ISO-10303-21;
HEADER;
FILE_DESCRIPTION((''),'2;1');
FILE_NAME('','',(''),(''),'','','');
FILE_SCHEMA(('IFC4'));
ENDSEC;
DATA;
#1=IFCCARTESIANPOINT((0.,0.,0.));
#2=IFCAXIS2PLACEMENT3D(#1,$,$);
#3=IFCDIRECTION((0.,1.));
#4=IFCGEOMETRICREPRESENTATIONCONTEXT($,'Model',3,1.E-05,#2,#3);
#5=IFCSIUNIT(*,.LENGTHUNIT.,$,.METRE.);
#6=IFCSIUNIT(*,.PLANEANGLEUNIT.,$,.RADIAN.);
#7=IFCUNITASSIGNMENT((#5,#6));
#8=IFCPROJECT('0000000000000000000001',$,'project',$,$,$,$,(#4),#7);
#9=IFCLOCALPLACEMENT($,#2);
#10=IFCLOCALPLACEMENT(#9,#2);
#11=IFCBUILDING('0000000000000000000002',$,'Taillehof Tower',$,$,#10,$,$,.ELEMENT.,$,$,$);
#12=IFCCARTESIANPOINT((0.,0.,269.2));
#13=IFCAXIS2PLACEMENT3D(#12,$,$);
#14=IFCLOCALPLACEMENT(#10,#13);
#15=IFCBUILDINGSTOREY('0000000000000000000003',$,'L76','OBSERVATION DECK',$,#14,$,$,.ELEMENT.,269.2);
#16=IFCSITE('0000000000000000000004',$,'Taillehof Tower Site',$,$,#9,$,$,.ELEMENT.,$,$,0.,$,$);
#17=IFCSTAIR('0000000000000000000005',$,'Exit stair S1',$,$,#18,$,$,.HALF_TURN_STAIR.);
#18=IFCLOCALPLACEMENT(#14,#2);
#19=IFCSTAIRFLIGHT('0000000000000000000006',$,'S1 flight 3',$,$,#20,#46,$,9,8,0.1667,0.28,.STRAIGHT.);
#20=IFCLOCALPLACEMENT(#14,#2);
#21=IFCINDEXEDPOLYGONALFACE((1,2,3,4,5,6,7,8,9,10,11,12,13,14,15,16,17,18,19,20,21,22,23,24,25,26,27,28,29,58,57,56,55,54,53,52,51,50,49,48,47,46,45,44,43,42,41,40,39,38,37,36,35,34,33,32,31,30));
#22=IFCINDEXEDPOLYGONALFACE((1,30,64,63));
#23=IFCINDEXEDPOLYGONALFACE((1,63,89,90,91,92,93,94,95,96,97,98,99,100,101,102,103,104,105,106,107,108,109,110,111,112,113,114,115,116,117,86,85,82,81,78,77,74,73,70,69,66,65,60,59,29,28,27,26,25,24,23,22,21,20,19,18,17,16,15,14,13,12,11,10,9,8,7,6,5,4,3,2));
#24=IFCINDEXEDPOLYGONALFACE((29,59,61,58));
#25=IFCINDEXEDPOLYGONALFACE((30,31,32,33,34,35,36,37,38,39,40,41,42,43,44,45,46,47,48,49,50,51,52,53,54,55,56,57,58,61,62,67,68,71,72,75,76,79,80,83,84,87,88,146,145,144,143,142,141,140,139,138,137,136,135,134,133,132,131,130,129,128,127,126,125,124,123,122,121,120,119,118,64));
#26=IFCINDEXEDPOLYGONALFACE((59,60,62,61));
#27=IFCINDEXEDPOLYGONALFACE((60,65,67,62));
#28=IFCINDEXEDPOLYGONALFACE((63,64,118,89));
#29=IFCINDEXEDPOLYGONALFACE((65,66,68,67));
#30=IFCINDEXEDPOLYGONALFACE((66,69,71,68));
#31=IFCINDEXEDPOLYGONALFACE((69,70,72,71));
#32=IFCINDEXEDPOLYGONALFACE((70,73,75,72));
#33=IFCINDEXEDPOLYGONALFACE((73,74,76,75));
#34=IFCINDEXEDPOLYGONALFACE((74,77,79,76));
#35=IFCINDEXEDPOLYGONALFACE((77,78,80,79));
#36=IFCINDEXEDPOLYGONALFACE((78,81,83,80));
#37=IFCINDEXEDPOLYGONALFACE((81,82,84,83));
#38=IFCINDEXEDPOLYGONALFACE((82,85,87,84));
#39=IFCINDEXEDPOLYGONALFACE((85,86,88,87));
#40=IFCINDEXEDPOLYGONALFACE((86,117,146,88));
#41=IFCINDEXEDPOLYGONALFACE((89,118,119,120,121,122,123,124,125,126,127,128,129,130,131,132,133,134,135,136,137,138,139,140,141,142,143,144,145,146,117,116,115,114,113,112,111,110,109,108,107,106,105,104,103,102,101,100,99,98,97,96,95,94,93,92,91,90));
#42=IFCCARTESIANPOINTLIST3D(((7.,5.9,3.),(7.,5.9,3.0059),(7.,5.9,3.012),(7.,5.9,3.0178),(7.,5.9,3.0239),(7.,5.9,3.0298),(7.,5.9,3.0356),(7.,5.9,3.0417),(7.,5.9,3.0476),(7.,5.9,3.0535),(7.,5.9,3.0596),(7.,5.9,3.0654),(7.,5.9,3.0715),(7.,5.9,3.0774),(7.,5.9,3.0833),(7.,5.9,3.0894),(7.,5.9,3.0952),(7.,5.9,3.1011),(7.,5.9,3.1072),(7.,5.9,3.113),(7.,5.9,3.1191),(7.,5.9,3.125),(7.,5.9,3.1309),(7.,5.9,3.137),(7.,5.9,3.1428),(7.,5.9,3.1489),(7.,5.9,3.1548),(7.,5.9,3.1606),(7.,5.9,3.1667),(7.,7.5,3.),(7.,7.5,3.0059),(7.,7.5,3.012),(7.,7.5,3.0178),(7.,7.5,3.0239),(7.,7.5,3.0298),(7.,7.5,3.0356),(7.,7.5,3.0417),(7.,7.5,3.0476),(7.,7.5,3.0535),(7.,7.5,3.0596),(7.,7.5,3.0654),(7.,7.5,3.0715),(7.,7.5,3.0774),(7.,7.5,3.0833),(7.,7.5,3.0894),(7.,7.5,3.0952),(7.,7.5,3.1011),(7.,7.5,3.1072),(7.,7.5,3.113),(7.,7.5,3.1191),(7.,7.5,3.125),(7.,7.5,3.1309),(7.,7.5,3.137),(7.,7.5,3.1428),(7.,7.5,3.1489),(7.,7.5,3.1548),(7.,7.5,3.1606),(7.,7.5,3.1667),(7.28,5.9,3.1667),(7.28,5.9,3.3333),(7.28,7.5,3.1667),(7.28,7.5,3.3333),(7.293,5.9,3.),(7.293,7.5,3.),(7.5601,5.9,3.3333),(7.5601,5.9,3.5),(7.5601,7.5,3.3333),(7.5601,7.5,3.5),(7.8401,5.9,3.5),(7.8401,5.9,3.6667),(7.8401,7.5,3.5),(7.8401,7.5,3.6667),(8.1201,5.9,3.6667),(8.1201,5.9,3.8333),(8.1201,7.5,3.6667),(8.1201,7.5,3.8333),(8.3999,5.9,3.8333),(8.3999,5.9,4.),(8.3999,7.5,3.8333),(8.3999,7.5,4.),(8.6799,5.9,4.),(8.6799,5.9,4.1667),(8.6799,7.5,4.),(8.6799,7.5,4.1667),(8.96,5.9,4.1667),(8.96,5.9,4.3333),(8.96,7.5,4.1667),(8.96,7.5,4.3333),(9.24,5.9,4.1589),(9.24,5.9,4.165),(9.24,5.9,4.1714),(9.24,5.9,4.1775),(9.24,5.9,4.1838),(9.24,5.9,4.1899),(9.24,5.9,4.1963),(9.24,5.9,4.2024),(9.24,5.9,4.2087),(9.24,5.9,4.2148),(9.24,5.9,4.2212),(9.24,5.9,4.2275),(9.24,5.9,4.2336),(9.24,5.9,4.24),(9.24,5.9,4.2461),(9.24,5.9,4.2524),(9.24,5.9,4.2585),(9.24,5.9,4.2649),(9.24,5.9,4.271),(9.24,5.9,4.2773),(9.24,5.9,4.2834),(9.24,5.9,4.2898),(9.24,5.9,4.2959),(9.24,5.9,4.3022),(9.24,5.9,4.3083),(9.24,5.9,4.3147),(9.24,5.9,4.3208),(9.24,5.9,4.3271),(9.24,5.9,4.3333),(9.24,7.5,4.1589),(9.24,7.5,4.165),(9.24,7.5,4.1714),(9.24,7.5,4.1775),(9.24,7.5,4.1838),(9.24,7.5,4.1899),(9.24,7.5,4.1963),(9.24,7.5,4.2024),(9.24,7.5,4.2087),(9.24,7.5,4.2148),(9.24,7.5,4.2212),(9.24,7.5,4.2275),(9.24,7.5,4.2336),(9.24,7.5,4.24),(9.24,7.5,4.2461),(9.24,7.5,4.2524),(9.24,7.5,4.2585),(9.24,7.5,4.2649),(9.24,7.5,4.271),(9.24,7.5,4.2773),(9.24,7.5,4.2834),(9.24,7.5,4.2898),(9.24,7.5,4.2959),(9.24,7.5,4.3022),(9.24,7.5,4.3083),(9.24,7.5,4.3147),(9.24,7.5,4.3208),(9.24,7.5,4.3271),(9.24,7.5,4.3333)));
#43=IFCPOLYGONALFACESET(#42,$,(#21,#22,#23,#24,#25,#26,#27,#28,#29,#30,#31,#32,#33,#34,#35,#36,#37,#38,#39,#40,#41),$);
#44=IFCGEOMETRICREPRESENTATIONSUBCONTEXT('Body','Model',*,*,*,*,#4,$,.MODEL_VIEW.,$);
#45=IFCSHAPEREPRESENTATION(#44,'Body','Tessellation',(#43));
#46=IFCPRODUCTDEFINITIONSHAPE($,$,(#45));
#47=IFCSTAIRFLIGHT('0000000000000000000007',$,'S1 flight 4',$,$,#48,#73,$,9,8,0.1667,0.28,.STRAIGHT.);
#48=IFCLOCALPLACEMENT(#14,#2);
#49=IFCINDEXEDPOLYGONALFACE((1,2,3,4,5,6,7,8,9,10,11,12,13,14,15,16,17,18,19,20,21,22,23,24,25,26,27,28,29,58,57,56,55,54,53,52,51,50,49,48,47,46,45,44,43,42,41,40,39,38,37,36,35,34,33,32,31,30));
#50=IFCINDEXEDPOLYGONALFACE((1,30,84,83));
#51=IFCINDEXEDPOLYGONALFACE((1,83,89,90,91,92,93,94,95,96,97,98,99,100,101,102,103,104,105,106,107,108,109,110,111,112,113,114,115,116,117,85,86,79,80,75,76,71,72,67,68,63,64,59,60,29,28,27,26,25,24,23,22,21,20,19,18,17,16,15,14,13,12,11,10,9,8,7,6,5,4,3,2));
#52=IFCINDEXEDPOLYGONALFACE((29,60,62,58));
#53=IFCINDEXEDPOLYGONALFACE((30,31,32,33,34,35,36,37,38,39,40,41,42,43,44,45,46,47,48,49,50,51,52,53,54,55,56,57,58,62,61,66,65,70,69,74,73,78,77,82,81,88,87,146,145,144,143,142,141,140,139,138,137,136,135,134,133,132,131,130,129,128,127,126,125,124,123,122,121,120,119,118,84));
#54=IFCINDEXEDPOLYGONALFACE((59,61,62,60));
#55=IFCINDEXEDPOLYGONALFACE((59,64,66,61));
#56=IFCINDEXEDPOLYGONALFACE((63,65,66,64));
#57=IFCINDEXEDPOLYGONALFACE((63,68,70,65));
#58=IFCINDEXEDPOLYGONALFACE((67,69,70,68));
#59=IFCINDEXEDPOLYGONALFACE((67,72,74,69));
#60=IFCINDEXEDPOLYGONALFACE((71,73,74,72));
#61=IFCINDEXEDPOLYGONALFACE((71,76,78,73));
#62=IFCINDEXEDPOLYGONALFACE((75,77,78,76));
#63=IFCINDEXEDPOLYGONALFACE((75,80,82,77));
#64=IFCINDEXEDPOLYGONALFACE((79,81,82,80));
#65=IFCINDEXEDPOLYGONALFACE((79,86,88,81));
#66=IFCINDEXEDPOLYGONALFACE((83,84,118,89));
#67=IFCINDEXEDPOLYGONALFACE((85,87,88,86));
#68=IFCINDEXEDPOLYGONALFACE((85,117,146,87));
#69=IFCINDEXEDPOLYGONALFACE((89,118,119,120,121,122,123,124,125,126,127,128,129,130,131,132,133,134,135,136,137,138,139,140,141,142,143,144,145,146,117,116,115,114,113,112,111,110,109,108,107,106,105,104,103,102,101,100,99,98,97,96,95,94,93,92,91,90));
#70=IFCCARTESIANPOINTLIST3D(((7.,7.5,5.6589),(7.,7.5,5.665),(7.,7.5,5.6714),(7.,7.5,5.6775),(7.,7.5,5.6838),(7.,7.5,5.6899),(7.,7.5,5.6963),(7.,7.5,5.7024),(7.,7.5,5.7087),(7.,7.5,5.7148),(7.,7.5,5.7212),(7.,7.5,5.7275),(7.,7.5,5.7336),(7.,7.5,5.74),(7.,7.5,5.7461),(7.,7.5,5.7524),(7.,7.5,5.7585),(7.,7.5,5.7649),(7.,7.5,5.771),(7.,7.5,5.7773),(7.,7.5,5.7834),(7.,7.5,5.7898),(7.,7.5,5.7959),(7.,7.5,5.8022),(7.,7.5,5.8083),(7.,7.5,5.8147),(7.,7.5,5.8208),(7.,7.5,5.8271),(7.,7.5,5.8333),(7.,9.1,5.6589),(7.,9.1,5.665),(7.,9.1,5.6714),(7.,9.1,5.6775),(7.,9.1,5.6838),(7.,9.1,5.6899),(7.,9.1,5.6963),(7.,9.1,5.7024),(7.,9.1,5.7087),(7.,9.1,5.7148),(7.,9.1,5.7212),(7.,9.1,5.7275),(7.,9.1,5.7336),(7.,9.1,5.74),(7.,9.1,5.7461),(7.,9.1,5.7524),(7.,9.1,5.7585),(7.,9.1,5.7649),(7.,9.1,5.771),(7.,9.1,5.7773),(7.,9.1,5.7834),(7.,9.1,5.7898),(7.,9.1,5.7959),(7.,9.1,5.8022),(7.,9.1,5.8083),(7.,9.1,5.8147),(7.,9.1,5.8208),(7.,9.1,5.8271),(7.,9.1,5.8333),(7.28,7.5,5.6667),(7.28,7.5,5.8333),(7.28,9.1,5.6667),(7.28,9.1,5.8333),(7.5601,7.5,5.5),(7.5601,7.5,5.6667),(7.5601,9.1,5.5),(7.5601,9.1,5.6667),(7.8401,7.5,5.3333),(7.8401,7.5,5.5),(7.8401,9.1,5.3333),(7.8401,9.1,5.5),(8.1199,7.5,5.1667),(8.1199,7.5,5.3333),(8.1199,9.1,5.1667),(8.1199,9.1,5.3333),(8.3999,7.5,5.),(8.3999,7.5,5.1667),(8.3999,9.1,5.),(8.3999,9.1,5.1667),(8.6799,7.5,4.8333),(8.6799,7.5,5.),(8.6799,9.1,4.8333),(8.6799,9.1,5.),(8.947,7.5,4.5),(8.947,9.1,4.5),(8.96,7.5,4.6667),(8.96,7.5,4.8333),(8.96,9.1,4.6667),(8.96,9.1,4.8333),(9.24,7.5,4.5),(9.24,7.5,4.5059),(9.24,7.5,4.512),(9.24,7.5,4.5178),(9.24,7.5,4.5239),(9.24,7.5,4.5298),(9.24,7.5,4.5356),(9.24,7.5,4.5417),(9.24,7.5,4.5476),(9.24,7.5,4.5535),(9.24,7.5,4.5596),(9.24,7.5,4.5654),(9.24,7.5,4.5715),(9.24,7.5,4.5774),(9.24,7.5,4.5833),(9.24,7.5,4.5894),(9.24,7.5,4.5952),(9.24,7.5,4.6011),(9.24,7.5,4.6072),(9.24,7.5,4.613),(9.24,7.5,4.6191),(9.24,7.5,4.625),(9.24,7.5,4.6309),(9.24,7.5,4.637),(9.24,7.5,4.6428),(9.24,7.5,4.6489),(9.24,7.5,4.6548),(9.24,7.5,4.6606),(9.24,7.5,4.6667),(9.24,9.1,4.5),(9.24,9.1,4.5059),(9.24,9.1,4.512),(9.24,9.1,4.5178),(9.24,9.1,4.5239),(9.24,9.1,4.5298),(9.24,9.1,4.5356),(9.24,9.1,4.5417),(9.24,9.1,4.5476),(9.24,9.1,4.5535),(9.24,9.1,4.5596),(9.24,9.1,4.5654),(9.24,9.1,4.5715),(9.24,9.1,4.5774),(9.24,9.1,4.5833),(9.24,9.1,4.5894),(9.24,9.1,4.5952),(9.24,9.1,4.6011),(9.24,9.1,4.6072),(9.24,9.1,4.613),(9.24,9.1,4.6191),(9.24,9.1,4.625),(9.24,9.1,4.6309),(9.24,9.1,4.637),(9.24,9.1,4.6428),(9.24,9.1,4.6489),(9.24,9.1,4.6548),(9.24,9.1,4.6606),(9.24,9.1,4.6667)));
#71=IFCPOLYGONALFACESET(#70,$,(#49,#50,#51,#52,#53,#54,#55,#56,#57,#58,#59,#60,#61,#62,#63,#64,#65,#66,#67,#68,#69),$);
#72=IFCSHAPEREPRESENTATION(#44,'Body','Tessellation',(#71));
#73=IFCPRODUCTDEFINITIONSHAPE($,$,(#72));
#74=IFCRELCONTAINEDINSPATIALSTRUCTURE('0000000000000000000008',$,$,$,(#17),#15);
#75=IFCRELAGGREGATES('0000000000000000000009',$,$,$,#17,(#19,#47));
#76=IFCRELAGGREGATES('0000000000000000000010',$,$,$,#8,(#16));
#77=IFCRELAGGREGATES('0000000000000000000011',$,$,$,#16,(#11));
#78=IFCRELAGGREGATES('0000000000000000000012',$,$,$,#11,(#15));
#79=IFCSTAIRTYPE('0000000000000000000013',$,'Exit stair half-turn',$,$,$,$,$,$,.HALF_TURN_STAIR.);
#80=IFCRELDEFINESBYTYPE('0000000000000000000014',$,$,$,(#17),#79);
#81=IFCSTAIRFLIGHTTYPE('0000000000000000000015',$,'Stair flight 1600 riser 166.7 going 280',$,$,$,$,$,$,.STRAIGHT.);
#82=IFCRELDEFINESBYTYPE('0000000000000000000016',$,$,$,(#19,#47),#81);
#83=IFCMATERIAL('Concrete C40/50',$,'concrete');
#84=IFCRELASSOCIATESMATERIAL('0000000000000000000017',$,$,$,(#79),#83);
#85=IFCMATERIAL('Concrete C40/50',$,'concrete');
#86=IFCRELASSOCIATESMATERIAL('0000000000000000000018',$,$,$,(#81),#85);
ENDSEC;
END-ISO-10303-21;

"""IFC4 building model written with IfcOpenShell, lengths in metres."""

from ifc_helpers import new_model, si_unit, direction, frame, origin, place, context, subcontext, project, spatial, polyline, outline, extrude, material, type_object, element, aggregate, save


model = new_model("IFC4")

# Units and contexts
model_context = context("Model", 3, precision=1e-05, world=origin(), true_north=direction((0.0, 1.0)))
body_context = subcontext(model_context, "Body", "Model", "MODEL_VIEW")
ifc_project = project(units=[si_unit("LENGTHUNIT", "METRE"), si_unit("PLANEANGLEUNIT", "RADIAN")], contexts=[model_context])

# Site, building, storey
site_placement = place(None, origin())
site = spatial("IfcSite", under=ifc_project, at=site_placement, Name="Taillehof Tower Site", CompositionType="ELEMENT", RefElevation=0.0)
building_placement = place(site_placement, origin())
building = spatial("IfcBuilding", under=site, at=building_placement, Name="Taillehof Tower", CompositionType="ELEMENT")
storey_placement = place(building_placement, frame((0.0, 0.0, 269.2)))
storey = spatial("IfcBuildingStorey", under=building, at=storey_placement, Name="L76", Description="OBSERVATION DECK", CompositionType="ELEMENT", Elevation=269.2)

# Shared definitions
ifc_material_1 = material(Name="Concrete C40/50", Category="concrete")
stair_type = type_object("IfcStairType", Name="Exit stair half-turn", PredefinedType="HALF_TURN_STAIR", material=ifc_material_1)

# Stair, stair flights
stair_1_placement = place(storey_placement, origin())
stair_1 = element("IfcStair", 1, at=stair_1_placement, inside=storey, type_object=stair_type, Name="Exit stair S1", PredefinedType="HALF_TURN_STAIR")
ifc_material_2 = material(Name="Concrete C40/50", Category="concrete")
stair_flight_type = type_object("IfcStairFlightType", Name="Stair flight 1600 riser 166.7 going 280", PredefinedType="STRAIGHT", material=ifc_material_2)
stair_flight_1_placement = place(storey_placement, frame((7.0, 6.7, 3.0), z_axis=(0.0, 0.0, 1.0), x_axis=(1.0, 0.0, 0.0)))
stair_flight_1 = element("IfcStairFlight", 2, at=stair_flight_1_placement, type_object=stair_flight_type, Name="S1 flight 3", NumberOfRisers=9, NumberOfTreads=8, PredefinedType="STRAIGHT", RiserHeight=0.1667, TreadLength=0.28, context=body_context, shape_type="SweptSolid", body=[
    extrude(outline(polyline([(0.0, 0.0), (0.0, 0.0059), (0.0, 0.012), (0.0, 0.0178), (0.0, 0.0239), (0.0, 0.0298), (0.0, 0.0356), (0.0, 0.0417), (0.0, 0.0476), (0.0, 0.0535), (0.0, 0.0596), (0.0, 0.0654), (0.0, 0.0715), (0.0, 0.0774), (0.0, 0.0833), (0.0, 0.0894), (0.0, 0.0952), (0.0, 0.1011), (0.0, 0.1072), (0.0, 0.113), (0.0, 0.1191), (0.0, 0.125), (0.0, 0.1309), (0.0, 0.137), (0.0, 0.1428), (0.0, 0.1489), (0.0, 0.1548), (0.0, 0.1606), (0.0, 0.1667), (0.28, 0.1667), (0.28, 0.3333), (0.5601, 0.3333), (0.5601, 0.5), (0.8401, 0.5), (0.8401, 0.6667), (1.1201, 0.6667), (1.1201, 0.8333), (1.3999, 0.8333), (1.3999, 1.0), (1.6799, 1.0), (1.6799, 1.1667), (1.96, 1.1667), (1.96, 1.3333), (2.24, 1.3333), (2.24, 1.3271), (2.24, 1.3208), (2.24, 1.3147), (2.24, 1.3083), (2.24, 1.3022), (2.24, 1.2959), (2.24, 1.2898), (2.24, 1.2834), (2.24, 1.2773), (2.24, 1.271), (2.24, 1.2649), (2.24, 1.2585), (2.24, 1.2524), (2.24, 1.2461), (2.24, 1.24), (2.24, 1.2336), (2.24, 1.2275), (2.24, 1.2212), (2.24, 1.2148), (2.24, 1.2087), (2.24, 1.2024), (2.24, 1.1963), (2.24, 1.1899), (2.24, 1.1838), (2.24, 1.1775), (2.24, 1.1714), (2.24, 1.165), (2.24, 1.1589), (0.293, 0.0), (0.0, 0.0)])), frame((0.0, 0.8, 0.0), z_axis=(0.0, -1.0, 0.0), x_axis=(1.0, 0.0, 0.0)), (0.0, 0.0, 1.0), 1.6),
])
stair_flight_2_placement = place(storey_placement, frame((9.24, 8.3, 4.5), z_axis=(0.0, 0.0, 1.0), x_axis=(-1.0, 0.0, 0.0)))
stair_flight_2 = element("IfcStairFlight", 3, at=stair_flight_2_placement, type_object=stair_flight_type, Name="S1 flight 4", NumberOfRisers=9, NumberOfTreads=8, PredefinedType="STRAIGHT", RiserHeight=0.1667, TreadLength=0.28, context=body_context, shape_type="SweptSolid", body=[
    extrude(outline(polyline([(0.0, 0.0), (0.0, 0.0059), (0.0, 0.012), (0.0, 0.0178), (0.0, 0.0239), (0.0, 0.0298), (0.0, 0.0356), (0.0, 0.0417), (0.0, 0.0476), (0.0, 0.0535), (0.0, 0.0596), (0.0, 0.0654), (0.0, 0.0715), (0.0, 0.0774), (0.0, 0.0833), (0.0, 0.0894), (0.0, 0.0952), (0.0, 0.1011), (0.0, 0.1072), (0.0, 0.113), (0.0, 0.1191), (0.0, 0.125), (0.0, 0.1309), (0.0, 0.137), (0.0, 0.1428), (0.0, 0.1489), (0.0, 0.1548), (0.0, 0.1606), (0.0, 0.1667), (0.28, 0.1667), (0.28, 0.3333), (0.5601, 0.3333), (0.5601, 0.5), (0.8401, 0.5), (0.8401, 0.6667), (1.1201, 0.6667), (1.1201, 0.8333), (1.3999, 0.8333), (1.3999, 1.0), (1.6799, 1.0), (1.6799, 1.1667), (1.96, 1.1667), (1.96, 1.3333), (2.24, 1.3333), (2.24, 1.3271), (2.24, 1.3208), (2.24, 1.3147), (2.24, 1.3083), (2.24, 1.3022), (2.24, 1.2959), (2.24, 1.2898), (2.24, 1.2834), (2.24, 1.2773), (2.24, 1.271), (2.24, 1.2649), (2.24, 1.2585), (2.24, 1.2524), (2.24, 1.2461), (2.24, 1.24), (2.24, 1.2336), (2.24, 1.2275), (2.24, 1.2212), (2.24, 1.2148), (2.24, 1.2087), (2.24, 1.2024), (2.24, 1.1963), (2.24, 1.1899), (2.24, 1.1838), (2.24, 1.1775), (2.24, 1.1714), (2.24, 1.165), (2.24, 1.1589), (0.293, 0.0), (0.0, 0.0)])), frame((0.0, 0.8, 0.0), z_axis=(0.0, -1.0, 0.0), x_axis=(1.0, 0.0, 0.0)), (0.0, 0.0, 1.0), 1.6),
])
aggregate(stair_1, [stair_flight_1, stair_flight_2])

save(model, "model.ifc")
